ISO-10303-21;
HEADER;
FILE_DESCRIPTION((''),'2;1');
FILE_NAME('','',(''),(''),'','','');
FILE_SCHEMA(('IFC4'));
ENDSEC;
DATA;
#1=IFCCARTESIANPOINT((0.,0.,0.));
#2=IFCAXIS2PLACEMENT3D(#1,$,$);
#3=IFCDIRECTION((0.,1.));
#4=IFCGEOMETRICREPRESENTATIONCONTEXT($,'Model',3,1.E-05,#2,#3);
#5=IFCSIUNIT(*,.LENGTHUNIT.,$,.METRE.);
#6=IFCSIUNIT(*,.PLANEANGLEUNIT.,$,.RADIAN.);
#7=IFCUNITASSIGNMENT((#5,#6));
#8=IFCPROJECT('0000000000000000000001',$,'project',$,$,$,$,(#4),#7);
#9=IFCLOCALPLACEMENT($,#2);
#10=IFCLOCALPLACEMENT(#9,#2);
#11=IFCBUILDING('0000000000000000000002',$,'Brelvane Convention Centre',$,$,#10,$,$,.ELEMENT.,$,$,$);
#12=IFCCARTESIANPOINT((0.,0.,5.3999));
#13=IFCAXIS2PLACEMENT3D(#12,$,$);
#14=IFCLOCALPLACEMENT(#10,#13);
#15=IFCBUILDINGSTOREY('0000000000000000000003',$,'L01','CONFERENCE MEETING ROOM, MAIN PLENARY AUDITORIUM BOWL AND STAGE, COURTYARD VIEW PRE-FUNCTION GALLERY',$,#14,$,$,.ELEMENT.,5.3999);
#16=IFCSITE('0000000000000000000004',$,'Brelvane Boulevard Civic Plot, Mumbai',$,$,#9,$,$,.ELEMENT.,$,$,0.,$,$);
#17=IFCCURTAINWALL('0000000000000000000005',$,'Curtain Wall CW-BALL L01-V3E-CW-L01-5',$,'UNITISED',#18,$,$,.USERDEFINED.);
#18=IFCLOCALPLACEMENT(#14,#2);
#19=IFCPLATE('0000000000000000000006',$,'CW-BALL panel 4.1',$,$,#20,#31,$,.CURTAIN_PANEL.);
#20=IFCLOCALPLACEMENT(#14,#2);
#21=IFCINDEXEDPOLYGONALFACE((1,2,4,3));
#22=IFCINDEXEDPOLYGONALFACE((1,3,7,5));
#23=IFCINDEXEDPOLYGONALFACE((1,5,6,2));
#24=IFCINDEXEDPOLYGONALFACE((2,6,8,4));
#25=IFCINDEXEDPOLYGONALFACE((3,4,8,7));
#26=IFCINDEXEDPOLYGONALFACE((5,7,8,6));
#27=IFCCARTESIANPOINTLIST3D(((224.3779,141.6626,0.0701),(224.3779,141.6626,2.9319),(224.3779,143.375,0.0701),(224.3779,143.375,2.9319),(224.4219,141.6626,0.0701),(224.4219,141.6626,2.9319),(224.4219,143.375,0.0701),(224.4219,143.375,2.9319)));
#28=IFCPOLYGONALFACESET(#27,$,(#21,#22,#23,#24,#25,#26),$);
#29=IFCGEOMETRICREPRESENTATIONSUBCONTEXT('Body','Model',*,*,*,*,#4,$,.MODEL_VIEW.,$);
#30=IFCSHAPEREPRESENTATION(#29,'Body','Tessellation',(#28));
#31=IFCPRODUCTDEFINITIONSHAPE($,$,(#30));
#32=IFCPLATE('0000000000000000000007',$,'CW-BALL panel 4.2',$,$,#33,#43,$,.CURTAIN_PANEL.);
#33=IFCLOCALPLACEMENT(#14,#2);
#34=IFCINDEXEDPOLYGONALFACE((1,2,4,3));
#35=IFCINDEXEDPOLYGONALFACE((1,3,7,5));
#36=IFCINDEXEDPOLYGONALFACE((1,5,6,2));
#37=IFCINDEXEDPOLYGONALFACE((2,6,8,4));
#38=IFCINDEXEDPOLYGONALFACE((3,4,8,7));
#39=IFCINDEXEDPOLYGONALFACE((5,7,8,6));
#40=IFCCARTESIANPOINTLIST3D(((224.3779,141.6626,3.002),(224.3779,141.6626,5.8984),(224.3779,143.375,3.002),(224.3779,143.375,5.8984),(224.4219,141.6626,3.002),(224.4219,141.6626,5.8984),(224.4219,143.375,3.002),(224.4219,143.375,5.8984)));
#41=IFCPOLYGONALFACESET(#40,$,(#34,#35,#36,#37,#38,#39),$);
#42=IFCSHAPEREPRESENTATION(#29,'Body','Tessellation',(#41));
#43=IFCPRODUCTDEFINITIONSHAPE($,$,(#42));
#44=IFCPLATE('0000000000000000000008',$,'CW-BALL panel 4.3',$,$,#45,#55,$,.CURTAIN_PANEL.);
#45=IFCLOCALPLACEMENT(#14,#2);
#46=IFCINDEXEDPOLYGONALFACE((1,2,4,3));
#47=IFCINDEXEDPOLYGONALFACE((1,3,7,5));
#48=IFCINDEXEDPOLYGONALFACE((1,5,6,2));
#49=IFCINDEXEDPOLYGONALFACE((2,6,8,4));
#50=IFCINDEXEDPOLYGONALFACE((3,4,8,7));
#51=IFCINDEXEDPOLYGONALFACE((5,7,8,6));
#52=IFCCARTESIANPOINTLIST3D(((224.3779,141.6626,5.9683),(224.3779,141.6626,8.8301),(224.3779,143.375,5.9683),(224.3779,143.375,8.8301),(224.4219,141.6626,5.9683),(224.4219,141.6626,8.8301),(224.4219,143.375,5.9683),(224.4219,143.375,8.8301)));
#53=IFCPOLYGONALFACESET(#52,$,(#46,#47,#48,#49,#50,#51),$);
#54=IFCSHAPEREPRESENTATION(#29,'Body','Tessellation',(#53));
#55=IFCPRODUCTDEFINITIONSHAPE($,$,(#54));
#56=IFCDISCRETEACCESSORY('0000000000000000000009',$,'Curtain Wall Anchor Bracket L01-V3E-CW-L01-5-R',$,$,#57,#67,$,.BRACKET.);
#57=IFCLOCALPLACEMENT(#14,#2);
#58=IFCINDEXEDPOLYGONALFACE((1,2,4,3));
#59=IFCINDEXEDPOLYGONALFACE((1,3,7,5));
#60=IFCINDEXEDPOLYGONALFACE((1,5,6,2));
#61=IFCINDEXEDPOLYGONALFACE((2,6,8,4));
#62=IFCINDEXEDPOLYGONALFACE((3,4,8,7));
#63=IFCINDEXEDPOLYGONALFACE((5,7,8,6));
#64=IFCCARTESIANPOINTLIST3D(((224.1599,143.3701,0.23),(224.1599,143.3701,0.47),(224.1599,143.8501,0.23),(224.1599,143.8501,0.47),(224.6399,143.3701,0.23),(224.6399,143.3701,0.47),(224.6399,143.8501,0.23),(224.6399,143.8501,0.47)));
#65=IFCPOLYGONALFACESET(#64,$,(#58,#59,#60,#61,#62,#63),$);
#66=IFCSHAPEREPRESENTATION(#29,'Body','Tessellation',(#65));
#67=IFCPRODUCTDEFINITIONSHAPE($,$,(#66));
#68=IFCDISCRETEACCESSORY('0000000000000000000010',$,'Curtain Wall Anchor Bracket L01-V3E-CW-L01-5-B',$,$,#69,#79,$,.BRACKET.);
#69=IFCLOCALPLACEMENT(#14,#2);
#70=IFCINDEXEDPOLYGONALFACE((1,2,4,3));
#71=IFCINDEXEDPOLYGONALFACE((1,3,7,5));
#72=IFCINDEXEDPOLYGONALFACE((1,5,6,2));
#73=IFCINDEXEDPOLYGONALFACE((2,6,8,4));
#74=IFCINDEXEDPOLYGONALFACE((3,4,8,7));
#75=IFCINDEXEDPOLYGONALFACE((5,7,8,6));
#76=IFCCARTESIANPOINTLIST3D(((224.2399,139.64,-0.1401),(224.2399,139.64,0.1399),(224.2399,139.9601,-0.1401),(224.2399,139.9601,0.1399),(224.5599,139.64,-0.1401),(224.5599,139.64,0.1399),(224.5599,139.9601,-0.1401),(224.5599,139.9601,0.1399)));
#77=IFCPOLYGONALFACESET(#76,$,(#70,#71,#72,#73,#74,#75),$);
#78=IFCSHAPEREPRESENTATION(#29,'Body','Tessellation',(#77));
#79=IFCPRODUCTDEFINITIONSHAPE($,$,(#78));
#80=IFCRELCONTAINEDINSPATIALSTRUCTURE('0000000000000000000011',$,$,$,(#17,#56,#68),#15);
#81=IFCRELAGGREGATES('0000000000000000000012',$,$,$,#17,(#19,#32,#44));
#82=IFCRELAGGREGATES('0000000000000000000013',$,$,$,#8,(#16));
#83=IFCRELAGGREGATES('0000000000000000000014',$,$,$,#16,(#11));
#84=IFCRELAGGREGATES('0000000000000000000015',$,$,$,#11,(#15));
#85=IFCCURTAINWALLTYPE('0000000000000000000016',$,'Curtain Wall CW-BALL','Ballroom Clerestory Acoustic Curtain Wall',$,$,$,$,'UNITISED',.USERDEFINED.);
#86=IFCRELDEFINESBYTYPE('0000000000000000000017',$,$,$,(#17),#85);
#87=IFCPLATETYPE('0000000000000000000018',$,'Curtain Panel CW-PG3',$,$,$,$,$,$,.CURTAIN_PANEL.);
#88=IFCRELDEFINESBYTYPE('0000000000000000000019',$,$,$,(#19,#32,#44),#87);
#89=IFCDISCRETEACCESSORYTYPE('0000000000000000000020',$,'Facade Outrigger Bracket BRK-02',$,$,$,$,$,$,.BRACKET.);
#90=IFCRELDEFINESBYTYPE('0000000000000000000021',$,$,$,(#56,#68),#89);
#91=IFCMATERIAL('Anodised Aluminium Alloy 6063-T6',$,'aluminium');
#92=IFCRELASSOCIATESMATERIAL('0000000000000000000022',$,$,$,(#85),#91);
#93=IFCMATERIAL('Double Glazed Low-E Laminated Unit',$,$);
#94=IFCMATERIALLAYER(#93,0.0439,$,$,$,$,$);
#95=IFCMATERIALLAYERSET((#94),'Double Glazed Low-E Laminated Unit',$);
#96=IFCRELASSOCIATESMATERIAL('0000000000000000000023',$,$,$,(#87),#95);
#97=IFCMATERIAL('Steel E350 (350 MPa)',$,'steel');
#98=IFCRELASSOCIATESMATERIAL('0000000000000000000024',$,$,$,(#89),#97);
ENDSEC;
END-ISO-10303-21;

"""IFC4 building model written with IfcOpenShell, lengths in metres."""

from ifc_helpers import new_model, si_unit, direction, frame, origin, origin_2d, place, context, subcontext, project, spatial, rectangle, extrude, material, layer, layer_set, type_object, element, aggregate, save


model = new_model("IFC4")

# Units and contexts
model_context = context("Model", 3, precision=1e-05, world=origin(), true_north=direction((0.0, 1.0)))
body_context = subcontext(model_context, "Body", "Model", "MODEL_VIEW")
ifc_project = project(units=[si_unit("LENGTHUNIT", "METRE"), si_unit("PLANEANGLEUNIT", "RADIAN")], contexts=[model_context])

# Site, building, storey
site_placement = place(None, origin())
site = spatial("IfcSite", under=ifc_project, at=site_placement, Name="Brelvane Boulevard Civic Plot, Mumbai", CompositionType="ELEMENT", RefElevation=0.0)
building_placement = place(site_placement, origin())
building = spatial("IfcBuilding", under=site, at=building_placement, Name="Brelvane Convention Centre", CompositionType="ELEMENT")
storey_placement = place(building_placement, frame((0.0, 0.0, 5.3999)))
storey = spatial("IfcBuildingStorey", under=building, at=storey_placement, Name="L01", Description="CONFERENCE MEETING ROOM, MAIN PLENARY AUDITORIUM BOWL AND STAGE, COURTYARD VIEW PRE-FUNCTION GALLERY", CompositionType="ELEMENT", Elevation=5.3999)

# Curtain wall, plates
ifc_material_1 = material(Name="Anodised Aluminium Alloy 6063-T6", Category="aluminium")
curtain_wall_type = type_object("IfcCurtainWallType", Name="Curtain Wall CW-BALL", Description="Ballroom Clerestory Acoustic Curtain Wall", ElementType="UNITISED", PredefinedType="USERDEFINED", material=ifc_material_1)
curtain_wall_placement = place(storey_placement, origin())
curtain_wall = element("IfcCurtainWall", 1, at=curtain_wall_placement, inside=storey, type_object=curtain_wall_type, Name="Curtain Wall CW-BALL L01-V3E-CW-L01-5", ObjectType="UNITISED", PredefinedType="USERDEFINED")
ifc_material_2 = material(Name="Double Glazed Low-E Laminated Unit")
ifc_layer = layer(ifc_material_2, 0.0439)
ifc_layer_set = layer_set([ifc_layer], Name="Double Glazed Low-E Laminated Unit")
plate_type = type_object("IfcPlateType", Name="Curtain Panel CW-PG3", PredefinedType="CURTAIN_PANEL", material=ifc_layer_set)
plate_1_placement = place(storey_placement, frame((224.3999, 142.5188, 0.0701), z_axis=(0.0, 0.0, 1.0), x_axis=(0.0, 1.0, 0.0)))
plate_1 = element("IfcPlate", 2, at=plate_1_placement, type_object=plate_type, Name="CW-BALL panel 4.1", PredefinedType="CURTAIN_PANEL", context=body_context, shape_type="SweptSolid", body=[
    extrude(rectangle(XDim=1.7124, YDim=0.0439, at=origin_2d()), origin(), (0.0, 0.0, 1.0), 2.8618),
])
plate_2_placement = place(storey_placement, frame((224.3999, 142.5188, 3.002), z_axis=(0.0, 0.0, 1.0), x_axis=(0.0, 1.0, 0.0)))
plate_2 = element("IfcPlate", 3, at=plate_2_placement, type_object=plate_type, Name="CW-BALL panel 4.2", PredefinedType="CURTAIN_PANEL", context=body_context, shape_type="SweptSolid", body=[
    extrude(rectangle(XDim=1.7124, YDim=0.0439, at=origin_2d()), origin(), (0.0, 0.0, 1.0), 2.8965),
])
plate_3_placement = place(storey_placement, frame((224.3999, 142.5188, 5.9683), z_axis=(0.0, 0.0, 1.0), x_axis=(0.0, 1.0, 0.0)))
plate_3 = element("IfcPlate", 4, at=plate_3_placement, type_object=plate_type, Name="CW-BALL panel 4.3", PredefinedType="CURTAIN_PANEL", context=body_context, shape_type="SweptSolid", body=[
    extrude(rectangle(XDim=1.7124, YDim=0.0439, at=origin_2d()), origin(), (0.0, 0.0, 1.0), 2.8618),
])
aggregate(curtain_wall, [plate_1, plate_2, plate_3])

# Discrete accessories
ifc_material_3 = material(Name="Steel E350 (350 MPa)", Category="steel")
discrete_accessory_type = type_object("IfcDiscreteAccessoryType", Name="Facade Outrigger Bracket BRK-02", PredefinedType="BRACKET", material=ifc_material_3)
discrete_accessory_1_placement = place(storey_placement, frame((224.3999, 143.6101, 0.23), z_axis=(0.0, 0.0, 1.0), x_axis=(1.0, 0.0, 0.0)))
element("IfcDiscreteAccessory", 5, at=discrete_accessory_1_placement, inside=storey, type_object=discrete_accessory_type, Name="Curtain Wall Anchor Bracket L01-V3E-CW-L01-5-R", PredefinedType="BRACKET", context=body_context, shape_type="SweptSolid", body=[
    extrude(rectangle(XDim=0.48, YDim=0.48, at=origin_2d()), origin(), (0.0, 0.0, 1.0), 0.24),
])
discrete_accessory_2_placement = place(storey_placement, frame((224.3999, 139.8, -0.1401), z_axis=(0.0, 0.0, 1.0), x_axis=(1.0, 0.0, 0.0)))
element("IfcDiscreteAccessory", 6, at=discrete_accessory_2_placement, inside=storey, type_object=discrete_accessory_type, Name="Curtain Wall Anchor Bracket L01-V3E-CW-L01-5-B", PredefinedType="BRACKET", context=body_context, shape_type="SweptSolid", body=[
    extrude(rectangle(XDim=0.3201, YDim=0.3201, at=origin_2d()), origin(), (0.0, 0.0, 1.0), 0.28),
])

save(model, "model.ifc")
